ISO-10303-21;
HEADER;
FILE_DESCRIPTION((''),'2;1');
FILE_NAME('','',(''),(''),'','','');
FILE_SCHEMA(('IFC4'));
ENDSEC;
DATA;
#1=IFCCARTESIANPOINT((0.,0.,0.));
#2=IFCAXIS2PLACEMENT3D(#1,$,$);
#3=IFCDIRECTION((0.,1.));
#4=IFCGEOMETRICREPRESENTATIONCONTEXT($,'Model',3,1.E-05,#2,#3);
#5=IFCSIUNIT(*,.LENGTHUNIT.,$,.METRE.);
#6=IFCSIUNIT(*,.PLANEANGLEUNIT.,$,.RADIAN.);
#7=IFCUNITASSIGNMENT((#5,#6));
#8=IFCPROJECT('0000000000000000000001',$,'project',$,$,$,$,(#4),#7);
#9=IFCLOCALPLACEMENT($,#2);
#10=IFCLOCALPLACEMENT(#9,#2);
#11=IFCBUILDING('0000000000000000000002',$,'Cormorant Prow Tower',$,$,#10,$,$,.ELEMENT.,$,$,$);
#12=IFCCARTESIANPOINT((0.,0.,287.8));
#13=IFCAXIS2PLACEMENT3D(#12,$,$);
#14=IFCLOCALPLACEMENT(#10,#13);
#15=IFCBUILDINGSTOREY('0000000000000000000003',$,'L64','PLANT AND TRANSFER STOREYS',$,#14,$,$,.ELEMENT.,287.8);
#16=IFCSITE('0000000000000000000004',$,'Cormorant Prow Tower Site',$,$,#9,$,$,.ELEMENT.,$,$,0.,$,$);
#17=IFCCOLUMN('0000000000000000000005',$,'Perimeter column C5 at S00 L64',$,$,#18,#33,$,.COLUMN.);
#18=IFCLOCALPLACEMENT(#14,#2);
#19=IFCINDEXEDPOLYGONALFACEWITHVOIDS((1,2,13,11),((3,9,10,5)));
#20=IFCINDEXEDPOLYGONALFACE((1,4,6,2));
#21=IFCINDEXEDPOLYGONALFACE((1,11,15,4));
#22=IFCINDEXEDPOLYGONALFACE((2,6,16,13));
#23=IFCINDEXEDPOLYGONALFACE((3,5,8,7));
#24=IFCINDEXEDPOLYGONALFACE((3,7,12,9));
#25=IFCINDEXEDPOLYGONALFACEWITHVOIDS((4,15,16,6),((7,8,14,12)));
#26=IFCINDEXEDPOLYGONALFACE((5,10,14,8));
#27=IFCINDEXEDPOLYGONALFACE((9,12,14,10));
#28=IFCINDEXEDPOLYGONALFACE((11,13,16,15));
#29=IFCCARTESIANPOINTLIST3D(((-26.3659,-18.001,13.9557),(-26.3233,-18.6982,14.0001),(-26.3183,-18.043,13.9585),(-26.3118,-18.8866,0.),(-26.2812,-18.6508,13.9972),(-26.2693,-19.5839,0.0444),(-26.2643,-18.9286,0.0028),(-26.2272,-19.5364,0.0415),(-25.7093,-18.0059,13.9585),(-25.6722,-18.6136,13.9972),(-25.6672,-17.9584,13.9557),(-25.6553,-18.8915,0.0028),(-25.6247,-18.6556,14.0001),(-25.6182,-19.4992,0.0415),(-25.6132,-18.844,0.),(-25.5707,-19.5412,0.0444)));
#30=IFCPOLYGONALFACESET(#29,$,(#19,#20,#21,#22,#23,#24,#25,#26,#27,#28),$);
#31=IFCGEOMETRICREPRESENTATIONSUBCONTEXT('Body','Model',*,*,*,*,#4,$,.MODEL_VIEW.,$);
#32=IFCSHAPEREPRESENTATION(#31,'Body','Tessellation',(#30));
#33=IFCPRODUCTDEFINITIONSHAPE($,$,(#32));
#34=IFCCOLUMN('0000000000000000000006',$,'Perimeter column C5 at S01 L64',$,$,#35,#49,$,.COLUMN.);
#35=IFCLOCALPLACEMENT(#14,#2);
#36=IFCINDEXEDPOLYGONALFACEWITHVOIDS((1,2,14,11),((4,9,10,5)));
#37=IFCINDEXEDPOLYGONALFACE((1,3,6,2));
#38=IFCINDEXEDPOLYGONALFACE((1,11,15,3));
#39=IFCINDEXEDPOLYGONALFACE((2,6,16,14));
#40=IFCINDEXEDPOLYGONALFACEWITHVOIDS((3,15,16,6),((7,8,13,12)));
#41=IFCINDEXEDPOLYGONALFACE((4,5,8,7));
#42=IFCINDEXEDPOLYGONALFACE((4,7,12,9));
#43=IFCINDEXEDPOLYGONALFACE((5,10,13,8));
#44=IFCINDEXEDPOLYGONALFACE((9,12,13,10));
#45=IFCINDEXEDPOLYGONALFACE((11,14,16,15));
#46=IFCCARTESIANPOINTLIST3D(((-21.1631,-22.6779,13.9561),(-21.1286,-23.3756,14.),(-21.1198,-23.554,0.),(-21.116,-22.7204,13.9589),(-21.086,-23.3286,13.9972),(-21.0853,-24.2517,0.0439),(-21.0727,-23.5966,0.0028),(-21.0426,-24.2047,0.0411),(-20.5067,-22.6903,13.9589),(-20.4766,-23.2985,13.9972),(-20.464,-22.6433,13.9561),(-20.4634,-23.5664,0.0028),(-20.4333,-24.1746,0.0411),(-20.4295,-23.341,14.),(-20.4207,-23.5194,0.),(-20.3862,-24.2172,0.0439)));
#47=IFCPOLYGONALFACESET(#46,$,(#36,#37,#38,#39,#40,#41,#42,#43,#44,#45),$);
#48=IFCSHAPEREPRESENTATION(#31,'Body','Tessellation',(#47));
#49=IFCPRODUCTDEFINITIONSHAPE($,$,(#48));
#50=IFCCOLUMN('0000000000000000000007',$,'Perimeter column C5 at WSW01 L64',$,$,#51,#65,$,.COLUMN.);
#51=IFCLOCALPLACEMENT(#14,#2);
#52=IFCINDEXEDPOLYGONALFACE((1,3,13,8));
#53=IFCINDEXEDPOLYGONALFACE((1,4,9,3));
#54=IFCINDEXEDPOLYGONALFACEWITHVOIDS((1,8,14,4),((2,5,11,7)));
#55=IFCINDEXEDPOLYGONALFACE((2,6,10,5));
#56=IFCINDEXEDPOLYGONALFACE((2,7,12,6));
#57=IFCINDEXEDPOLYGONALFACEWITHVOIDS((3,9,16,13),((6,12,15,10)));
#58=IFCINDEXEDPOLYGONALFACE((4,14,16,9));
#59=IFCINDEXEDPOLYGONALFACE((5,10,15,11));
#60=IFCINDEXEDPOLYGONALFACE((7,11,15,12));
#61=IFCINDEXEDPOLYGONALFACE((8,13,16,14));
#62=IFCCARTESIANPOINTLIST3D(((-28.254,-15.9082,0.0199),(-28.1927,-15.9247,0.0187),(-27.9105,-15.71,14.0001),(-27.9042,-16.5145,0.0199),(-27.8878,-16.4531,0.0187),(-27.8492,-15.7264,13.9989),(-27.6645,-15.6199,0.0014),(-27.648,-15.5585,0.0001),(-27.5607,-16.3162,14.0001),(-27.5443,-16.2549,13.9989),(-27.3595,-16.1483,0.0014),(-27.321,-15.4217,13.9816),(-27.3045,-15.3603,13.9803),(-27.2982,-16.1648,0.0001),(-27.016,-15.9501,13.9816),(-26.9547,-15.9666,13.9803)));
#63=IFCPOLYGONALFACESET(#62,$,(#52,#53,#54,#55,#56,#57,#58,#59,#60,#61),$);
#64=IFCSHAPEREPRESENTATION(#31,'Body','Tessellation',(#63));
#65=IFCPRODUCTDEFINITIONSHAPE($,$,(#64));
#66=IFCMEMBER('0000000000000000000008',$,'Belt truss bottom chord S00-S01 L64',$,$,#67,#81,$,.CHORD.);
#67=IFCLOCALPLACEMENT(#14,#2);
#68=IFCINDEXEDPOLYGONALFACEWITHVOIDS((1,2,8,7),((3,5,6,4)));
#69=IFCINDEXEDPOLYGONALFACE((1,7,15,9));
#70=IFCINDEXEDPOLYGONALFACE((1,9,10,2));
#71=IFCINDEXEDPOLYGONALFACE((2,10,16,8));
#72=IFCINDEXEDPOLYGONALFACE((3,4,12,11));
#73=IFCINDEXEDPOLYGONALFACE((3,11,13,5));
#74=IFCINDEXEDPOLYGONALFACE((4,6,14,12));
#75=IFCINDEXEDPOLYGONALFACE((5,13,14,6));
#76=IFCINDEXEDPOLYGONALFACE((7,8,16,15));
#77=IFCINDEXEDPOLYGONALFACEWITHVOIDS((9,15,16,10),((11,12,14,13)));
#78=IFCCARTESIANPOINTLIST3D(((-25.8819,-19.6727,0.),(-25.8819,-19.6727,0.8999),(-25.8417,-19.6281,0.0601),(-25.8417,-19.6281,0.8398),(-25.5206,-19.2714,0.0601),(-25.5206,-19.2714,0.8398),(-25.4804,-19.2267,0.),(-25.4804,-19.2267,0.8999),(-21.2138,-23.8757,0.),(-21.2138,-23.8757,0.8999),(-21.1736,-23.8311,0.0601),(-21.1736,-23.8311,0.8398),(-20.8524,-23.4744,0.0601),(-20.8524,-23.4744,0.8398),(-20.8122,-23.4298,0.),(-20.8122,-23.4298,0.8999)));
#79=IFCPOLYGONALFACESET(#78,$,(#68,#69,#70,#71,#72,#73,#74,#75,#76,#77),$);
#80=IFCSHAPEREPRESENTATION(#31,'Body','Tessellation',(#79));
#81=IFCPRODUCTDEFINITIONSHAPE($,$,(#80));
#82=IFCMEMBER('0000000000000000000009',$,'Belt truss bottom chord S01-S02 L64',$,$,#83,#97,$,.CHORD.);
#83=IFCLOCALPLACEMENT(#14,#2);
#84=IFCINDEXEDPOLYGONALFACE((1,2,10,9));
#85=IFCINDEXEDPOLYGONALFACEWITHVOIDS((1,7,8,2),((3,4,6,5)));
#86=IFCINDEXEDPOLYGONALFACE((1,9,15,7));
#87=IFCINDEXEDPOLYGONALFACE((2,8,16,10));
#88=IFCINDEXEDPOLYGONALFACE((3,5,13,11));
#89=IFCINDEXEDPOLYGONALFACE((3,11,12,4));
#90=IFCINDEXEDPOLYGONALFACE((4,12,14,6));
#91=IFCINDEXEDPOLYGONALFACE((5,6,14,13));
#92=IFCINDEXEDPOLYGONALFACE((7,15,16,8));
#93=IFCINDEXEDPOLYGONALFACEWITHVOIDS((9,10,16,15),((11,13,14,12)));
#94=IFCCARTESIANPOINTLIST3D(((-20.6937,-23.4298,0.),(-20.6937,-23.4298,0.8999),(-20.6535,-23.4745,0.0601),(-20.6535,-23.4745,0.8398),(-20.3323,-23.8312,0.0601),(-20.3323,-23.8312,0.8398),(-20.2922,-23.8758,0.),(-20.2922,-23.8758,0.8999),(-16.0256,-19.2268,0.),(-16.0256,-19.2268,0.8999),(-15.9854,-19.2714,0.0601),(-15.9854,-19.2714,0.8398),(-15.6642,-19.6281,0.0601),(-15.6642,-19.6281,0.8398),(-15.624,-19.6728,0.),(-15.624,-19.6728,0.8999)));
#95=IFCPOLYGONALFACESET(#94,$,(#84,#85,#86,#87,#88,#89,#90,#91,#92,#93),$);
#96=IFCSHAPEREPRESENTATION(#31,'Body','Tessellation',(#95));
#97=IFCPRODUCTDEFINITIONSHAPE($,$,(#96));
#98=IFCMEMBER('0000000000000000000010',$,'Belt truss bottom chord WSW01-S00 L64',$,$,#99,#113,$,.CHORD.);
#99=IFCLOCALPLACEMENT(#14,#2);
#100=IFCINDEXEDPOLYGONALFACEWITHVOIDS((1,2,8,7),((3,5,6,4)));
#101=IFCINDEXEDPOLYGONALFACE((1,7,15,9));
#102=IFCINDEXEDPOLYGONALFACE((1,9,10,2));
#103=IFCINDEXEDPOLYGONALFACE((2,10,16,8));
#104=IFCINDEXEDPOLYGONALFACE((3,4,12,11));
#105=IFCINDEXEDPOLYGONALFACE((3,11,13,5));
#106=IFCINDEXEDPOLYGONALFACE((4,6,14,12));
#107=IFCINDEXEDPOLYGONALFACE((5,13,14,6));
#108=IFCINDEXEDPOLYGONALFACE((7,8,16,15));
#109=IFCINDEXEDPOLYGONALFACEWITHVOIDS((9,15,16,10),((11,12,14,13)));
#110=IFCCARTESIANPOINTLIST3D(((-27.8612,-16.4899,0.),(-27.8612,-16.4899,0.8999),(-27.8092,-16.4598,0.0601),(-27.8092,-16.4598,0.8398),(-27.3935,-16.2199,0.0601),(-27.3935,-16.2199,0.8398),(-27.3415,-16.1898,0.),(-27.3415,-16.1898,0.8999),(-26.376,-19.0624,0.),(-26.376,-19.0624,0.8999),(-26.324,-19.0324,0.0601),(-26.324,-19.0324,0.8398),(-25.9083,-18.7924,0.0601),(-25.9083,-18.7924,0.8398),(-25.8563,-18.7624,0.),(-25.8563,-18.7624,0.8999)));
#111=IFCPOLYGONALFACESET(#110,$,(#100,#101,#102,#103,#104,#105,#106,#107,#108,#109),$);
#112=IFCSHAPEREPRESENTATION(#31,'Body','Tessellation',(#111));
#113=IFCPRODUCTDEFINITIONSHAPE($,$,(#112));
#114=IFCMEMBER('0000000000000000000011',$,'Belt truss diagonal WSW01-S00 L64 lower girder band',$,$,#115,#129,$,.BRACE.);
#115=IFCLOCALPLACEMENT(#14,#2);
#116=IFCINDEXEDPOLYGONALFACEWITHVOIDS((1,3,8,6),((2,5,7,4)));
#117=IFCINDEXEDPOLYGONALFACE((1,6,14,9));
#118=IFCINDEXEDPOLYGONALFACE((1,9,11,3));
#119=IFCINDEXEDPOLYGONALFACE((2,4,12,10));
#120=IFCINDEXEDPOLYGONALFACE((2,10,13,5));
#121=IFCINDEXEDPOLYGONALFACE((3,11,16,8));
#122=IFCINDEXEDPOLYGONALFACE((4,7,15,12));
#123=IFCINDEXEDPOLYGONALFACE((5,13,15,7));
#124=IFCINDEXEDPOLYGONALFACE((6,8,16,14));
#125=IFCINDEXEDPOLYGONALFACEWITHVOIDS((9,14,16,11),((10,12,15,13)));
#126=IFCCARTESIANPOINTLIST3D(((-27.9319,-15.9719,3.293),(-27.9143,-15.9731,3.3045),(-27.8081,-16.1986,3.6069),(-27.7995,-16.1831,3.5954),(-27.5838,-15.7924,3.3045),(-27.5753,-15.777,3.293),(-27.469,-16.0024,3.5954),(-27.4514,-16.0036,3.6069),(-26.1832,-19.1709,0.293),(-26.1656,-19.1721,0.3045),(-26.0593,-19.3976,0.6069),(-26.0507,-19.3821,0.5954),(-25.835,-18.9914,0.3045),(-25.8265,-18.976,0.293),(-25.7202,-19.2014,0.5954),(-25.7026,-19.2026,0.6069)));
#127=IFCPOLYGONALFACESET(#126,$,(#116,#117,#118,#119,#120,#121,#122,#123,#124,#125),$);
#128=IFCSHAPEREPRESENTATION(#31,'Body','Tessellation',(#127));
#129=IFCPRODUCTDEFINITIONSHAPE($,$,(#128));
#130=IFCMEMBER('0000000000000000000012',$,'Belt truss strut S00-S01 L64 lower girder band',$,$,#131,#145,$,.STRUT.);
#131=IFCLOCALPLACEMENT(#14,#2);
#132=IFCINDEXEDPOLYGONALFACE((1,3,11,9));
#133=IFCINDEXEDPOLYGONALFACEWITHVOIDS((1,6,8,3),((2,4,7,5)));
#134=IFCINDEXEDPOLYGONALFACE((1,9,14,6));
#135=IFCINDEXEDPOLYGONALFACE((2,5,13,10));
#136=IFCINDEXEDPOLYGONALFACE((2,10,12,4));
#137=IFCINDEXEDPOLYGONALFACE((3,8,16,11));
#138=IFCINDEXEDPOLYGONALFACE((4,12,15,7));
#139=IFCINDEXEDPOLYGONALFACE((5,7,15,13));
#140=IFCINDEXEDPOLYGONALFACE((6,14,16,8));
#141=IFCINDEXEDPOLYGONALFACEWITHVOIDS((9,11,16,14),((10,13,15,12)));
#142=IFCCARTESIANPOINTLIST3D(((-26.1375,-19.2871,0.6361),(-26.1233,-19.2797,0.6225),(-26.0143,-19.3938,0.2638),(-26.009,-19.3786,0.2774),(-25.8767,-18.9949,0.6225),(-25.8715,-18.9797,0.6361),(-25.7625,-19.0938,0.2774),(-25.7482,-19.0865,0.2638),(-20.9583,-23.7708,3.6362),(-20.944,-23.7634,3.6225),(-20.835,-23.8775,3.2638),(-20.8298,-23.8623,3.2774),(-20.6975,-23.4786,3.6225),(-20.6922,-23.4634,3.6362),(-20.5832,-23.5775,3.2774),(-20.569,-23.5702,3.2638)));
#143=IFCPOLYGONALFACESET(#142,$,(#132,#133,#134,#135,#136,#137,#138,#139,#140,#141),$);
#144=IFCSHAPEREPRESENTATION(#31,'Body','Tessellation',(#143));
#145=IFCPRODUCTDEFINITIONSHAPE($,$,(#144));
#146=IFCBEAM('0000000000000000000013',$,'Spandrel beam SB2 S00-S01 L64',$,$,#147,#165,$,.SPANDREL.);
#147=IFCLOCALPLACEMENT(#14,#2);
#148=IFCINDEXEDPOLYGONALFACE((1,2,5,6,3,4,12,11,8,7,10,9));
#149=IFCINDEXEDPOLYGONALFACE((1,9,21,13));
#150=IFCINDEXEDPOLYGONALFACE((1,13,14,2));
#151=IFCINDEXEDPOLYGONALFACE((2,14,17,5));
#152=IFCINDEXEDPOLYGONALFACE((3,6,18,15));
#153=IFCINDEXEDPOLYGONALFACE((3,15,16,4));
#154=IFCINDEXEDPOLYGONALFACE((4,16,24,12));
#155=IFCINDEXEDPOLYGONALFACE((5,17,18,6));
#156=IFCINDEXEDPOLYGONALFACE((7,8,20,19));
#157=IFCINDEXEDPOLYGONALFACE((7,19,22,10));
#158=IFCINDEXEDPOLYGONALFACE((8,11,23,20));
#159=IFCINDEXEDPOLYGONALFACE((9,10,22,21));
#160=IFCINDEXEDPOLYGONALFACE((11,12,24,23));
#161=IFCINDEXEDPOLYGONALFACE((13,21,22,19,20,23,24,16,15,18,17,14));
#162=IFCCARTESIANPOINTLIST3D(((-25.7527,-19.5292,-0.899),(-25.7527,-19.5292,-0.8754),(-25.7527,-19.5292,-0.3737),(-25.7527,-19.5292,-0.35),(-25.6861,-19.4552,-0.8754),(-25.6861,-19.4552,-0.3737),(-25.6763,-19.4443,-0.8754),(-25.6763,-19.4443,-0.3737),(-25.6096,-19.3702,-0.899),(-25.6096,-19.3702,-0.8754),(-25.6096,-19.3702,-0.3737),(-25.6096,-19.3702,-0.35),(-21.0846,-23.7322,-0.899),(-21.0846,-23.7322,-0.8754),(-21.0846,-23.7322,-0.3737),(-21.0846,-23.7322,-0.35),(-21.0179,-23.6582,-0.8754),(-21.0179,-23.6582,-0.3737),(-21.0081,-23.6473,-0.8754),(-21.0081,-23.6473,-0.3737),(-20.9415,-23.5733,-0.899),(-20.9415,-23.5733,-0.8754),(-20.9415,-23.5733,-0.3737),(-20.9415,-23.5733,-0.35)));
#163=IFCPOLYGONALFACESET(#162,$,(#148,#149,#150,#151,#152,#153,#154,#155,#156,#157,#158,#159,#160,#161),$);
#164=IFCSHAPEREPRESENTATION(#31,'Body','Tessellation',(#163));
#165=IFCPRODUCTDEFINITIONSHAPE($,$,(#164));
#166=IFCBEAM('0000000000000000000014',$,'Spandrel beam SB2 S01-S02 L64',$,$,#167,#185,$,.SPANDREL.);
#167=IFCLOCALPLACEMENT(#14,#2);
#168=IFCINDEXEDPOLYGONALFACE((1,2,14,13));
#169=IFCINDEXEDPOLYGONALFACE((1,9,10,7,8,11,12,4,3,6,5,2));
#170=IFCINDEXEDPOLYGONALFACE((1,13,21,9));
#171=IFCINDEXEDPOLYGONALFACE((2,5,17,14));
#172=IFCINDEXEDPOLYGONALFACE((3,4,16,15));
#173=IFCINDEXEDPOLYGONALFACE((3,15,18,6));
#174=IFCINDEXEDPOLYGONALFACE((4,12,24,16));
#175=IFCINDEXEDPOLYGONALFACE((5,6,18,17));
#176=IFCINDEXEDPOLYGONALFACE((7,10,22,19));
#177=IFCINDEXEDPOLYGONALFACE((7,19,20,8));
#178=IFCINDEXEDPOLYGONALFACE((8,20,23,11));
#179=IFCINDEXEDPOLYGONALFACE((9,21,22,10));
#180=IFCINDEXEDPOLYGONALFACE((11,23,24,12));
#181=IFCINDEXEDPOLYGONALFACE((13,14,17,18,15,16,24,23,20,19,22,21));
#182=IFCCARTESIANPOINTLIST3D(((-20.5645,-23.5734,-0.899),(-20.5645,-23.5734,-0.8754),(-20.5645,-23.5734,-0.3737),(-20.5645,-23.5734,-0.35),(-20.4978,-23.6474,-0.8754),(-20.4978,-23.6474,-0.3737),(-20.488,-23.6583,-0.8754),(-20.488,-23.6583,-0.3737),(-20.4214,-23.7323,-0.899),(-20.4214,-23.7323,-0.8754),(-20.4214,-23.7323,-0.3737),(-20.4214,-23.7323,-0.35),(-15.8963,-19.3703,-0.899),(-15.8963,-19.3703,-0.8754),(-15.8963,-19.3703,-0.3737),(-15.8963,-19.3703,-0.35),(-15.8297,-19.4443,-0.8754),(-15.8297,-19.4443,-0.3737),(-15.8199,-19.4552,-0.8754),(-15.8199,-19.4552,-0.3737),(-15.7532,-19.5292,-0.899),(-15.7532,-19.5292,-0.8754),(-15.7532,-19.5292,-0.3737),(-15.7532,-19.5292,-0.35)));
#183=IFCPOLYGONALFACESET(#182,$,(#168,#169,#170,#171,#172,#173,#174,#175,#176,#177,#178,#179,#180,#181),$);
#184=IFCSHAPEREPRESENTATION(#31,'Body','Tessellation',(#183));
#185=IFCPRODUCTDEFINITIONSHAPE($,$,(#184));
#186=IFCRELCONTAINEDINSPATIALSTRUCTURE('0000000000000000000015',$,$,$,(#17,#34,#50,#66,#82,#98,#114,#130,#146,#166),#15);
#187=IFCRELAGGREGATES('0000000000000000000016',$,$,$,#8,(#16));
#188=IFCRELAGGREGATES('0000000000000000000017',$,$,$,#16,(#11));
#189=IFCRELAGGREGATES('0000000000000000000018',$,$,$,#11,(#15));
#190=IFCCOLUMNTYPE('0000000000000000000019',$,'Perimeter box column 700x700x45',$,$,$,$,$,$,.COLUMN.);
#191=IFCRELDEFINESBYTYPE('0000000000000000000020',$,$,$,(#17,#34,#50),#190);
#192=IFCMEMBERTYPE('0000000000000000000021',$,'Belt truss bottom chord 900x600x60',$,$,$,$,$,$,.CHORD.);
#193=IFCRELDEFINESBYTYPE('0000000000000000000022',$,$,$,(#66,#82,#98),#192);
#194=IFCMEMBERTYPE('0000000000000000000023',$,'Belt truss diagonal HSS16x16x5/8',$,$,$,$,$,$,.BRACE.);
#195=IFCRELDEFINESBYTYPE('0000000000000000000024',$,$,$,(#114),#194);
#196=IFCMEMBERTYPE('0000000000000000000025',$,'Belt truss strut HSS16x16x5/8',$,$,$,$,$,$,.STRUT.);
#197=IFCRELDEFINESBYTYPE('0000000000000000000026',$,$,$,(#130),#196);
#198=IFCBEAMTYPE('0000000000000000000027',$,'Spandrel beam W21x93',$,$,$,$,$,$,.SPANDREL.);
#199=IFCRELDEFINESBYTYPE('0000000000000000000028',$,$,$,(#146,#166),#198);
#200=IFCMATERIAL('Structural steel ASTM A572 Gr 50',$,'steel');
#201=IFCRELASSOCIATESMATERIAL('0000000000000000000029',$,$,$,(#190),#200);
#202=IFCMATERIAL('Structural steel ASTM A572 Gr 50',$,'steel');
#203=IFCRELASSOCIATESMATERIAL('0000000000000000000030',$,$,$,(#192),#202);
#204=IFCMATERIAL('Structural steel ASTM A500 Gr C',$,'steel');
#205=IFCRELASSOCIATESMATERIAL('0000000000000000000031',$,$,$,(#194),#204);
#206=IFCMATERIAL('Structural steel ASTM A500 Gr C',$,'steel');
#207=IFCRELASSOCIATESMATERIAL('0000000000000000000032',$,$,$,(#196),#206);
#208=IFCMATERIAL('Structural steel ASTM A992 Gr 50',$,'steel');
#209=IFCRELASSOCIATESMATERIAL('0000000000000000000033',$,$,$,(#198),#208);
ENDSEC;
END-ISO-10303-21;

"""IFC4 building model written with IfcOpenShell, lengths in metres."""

from ifc_helpers import new_model, si_unit, direction, frame, origin, origin_2d, place, context, subcontext, project, spatial, hollow_rectangle, i_section, extrude, material, material_profile, profile_set, type_object, element, save


model = new_model("IFC4")

# Units and contexts
model_context = context("Model", 3, precision=1e-05, world=origin(), true_north=direction((0.0, 1.0)))
body_context = subcontext(model_context, "Body", "Model", "MODEL_VIEW")
ifc_project = project(units=[si_unit("LENGTHUNIT", "METRE"), si_unit("PLANEANGLEUNIT", "RADIAN")], contexts=[model_context])

# Site, building, storey
site_placement = place(None, origin())
site = spatial("IfcSite", under=ifc_project, at=site_placement, Name="Cormorant Prow Tower Site", CompositionType="ELEMENT", RefElevation=0.0)
building_placement = place(site_placement, origin())
building = spatial("IfcBuilding", under=site, at=building_placement, Name="Cormorant Prow Tower", CompositionType="ELEMENT")
storey_placement = place(building_placement, frame((0.0, 0.0, 287.8)))
storey = spatial("IfcBuildingStorey", under=building, at=storey_placement, Name="L64", Description="PLANT AND TRANSFER STOREYS", CompositionType="ELEMENT", Elevation=287.8)

# Columns
ifc_material_1 = material(Name="Structural steel ASTM A572 Gr 50", Category="steel")
ifc_material_profile_1 = material_profile(ifc_material_1, hollow_rectangle(XDim=0.7, YDim=0.7, WallThickness=0.0449, at=origin_2d()), Name="Box 700x700x45")
ifc_profile_set_1 = profile_set([ifc_material_profile_1], Name="Structural steel ASTM A572 Gr 50")
column_type = type_object("IfcColumnType", Name="Perimeter box column 700x700x45", PredefinedType="COLUMN", material=ifc_profile_set_1)
column_1_placement = place(storey_placement, frame((-25.9412, -19.2153, 0.0), z_axis=(-0.003864, 0.063331, 0.997985), x_axis=(-0.998144, -0.060893, 0.0)))
element("IfcColumn", 1, at=column_1_placement, inside=storey, type_object=column_type, Name="Perimeter column C5 at S00 L64", PredefinedType="COLUMN", context=body_context, shape_type="SweptSolid", body=[
    extrude(hollow_rectangle(XDim=0.7, YDim=0.7, WallThickness=0.0449, at=origin_2d()), frame((0.0, 0.0, 0.0222)), (0.0, 0.0, 1.0), 13.9839),
])
column_2_placement = place(storey_placement, frame((-20.7529, -23.887, 0.0), z_axis=(-0.003098, 0.062655, 0.99803), x_axis=(-0.99878, -0.049384, 0.0)))
element("IfcColumn", 2, at=column_2_placement, inside=storey, type_object=column_type, Name="Perimeter column C5 at S01 L64", PredefinedType="COLUMN", context=body_context, shape_type="SweptSolid", body=[
    extrude(hollow_rectangle(XDim=0.7, YDim=0.7, WallThickness=0.0449, at=origin_2d()), frame((0.0, 0.0, 0.022)), (0.0, 0.0, 1.0), 13.9836),
])
column_3_placement = place(storey_placement, frame((-27.7764, -16.0366, 0.0), z_axis=(0.024561, 0.014172, 0.999598), x_axis=(-0.499776, 0.866155, 0.0)))
element("IfcColumn", 3, at=column_3_placement, inside=storey, type_object=column_type, Name="Perimeter column C5 at WSW01 L64", PredefinedType="COLUMN", context=body_context, shape_type="SweptSolid", body=[
    extrude(hollow_rectangle(XDim=0.7, YDim=0.7, WallThickness=0.0449, at=origin_2d()), frame((0.0, 0.0, 0.01)), (0.0, 0.0, 1.0), 13.9858),
])

# Members
ifc_material_2 = material(Name="Structural steel ASTM A572 Gr 50", Category="steel")
ifc_material_profile_2 = material_profile(ifc_material_2, hollow_rectangle(XDim=0.6001, YDim=0.8999, WallThickness=0.0601, at=origin_2d()), Name="Box 900x600x60")
ifc_profile_set_2 = profile_set([ifc_material_profile_2], Name="Structural steel ASTM A572 Gr 50")
member_type_1 = type_object("IfcMemberType", Name="Belt truss bottom chord 900x600x60", PredefinedType="CHORD", material=ifc_profile_set_2)
for number, where, z_axis, x_axis, name in (
    (4, (-25.6812, -19.4497, 0.45), (0.743157, -0.669117, 0.0), (0.669117, 0.743157, 0.0), "Belt truss bottom chord S00-S01 L64"),
    (5, (-20.4929, -23.6528, 0.45), (0.743157, 0.669117, 0.0), (-0.669117, 0.743157, 0.0), "Belt truss bottom chord S01-S02 L64"),
):
    element("IfcMember", number, at=place(storey_placement, frame(where, z_axis=z_axis, x_axis=x_axis)), inside=storey, type_object=member_type_1, Name=name, PredefinedType="CHORD", context=body_context, shape_type="SweptSolid", body=[
        extrude(hollow_rectangle(XDim=0.6001, YDim=0.8999, WallThickness=0.0601, at=origin_2d()), origin(), (0.0, 0.0, 1.0), 6.2815),
    ])
member_1_placement = place(storey_placement, frame((-27.6013, -16.3398, 0.45), z_axis=(0.499967, -0.866045, 0.0), x_axis=(0.866045, 0.499967, 0.0)))
element("IfcMember", 6, at=member_1_placement, inside=storey, type_object=member_type_1, Name="Belt truss bottom chord WSW01-S00 L64", PredefinedType="CHORD", context=body_context, shape_type="SweptSolid", body=[
    extrude(hollow_rectangle(XDim=0.6001, YDim=0.8999, WallThickness=0.0601, at=origin_2d()), origin(), (0.0, 0.0, 1.0), 2.9705),
])
ifc_material_3 = material(Name="Structural steel ASTM A500 Gr C", Category="steel")
ifc_material_profile_3 = material_profile(ifc_material_3, hollow_rectangle(XDim=0.4065, YDim=0.4065, WallThickness=0.0149, at=origin_2d()), Name="HSS16x16x5/8")
ifc_profile_set_3 = profile_set([ifc_material_profile_3], Name="Structural steel ASTM A500 Gr C")
member_type_2 = type_object("IfcMemberType", Name="Belt truss diagonal HSS16x16x5/8", PredefinedType="BRACE", material=ifc_profile_set_3)
member_2_placement = place(storey_placement, frame((-25.9429, -19.1868, 0.45), z_axis=(-0.370394, 0.677547, 0.635404), x_axis=(-0.877447, -0.479673, 0.0)))
element("IfcMember", 7, at=member_2_placement, inside=storey, type_object=member_type_2, Name="Belt truss diagonal WSW01-S00 L64 lower girder band", PredefinedType="BRACE", context=body_context, shape_type="SweptSolid", body=[
    extrude(hollow_rectangle(XDim=0.4065, YDim=0.4065, WallThickness=0.0149, at=origin_2d()), origin(), (0.0, 0.0, 1.0), 4.7214),
])
ifc_material_4 = material(Name="Structural steel ASTM A500 Gr C", Category="steel")
ifc_material_profile_4 = material_profile(ifc_material_4, hollow_rectangle(XDim=0.4065, YDim=0.4065, WallThickness=0.0149, at=origin_2d()), Name="HSS16x16x5/8")
ifc_profile_set_4 = profile_set([ifc_material_profile_4], Name="Structural steel ASTM A500 Gr C")
member_type_3 = type_object("IfcMemberType", Name="Belt truss strut HSS16x16x5/8", PredefinedType="STRUT", material=ifc_profile_set_4)
member_3_placement = place(storey_placement, frame((-25.9429, -19.1868, 0.45), z_axis=(0.69255, -0.599542, 0.401153), x_axis=(0.654514, 0.75605, 0.0)))
element("IfcMember", 8, at=member_3_placement, inside=storey, type_object=member_type_3, Name="Belt truss strut S00-S01 L64 lower girder band", PredefinedType="STRUT", context=body_context, shape_type="SweptSolid", body=[
    extrude(hollow_rectangle(XDim=0.4065, YDim=0.4065, WallThickness=0.0149, at=origin_2d()), origin(), (0.0, 0.0, 1.0), 7.4785),
])

# Beams
ifc_material_5 = material(Name="Structural steel ASTM A992 Gr 50", Category="steel")
ifc_material_profile_5 = material_profile(ifc_material_5, i_section(OverallWidth=0.2139, OverallDepth=0.5491, WebThickness=0.0146, FlangeThickness=0.0237, at=origin_2d()), Name="W21x93")
ifc_profile_set_5 = profile_set([ifc_material_profile_5], Name="Structural steel ASTM A992 Gr 50")
beam_type = type_object("IfcBeamType", Name="Spandrel beam W21x93", PredefinedType="SPANDREL", material=ifc_profile_set_5)
for number, where, z_axis, x_axis, name in (
    (9, (-25.6812, -19.4497, -0.6245), (0.743157, -0.669117, 0.0), (0.669117, 0.743157, 0.0), "Spandrel beam SB2 S00-S01 L64"),
    (10, (-20.4929, -23.6528, -0.6245), (0.743157, 0.669117, 0.0), (-0.669117, 0.743157, 0.0), "Spandrel beam SB2 S01-S02 L64"),
):
    element("IfcBeam", number, at=place(storey_placement, frame(where, z_axis=z_axis, x_axis=x_axis)), inside=storey, type_object=beam_type, Name=name, PredefinedType="SPANDREL", context=body_context, shape_type="SweptSolid", body=[
        extrude(i_section(OverallWidth=0.2139, OverallDepth=0.5491, WebThickness=0.0146, FlangeThickness=0.0237, at=origin_2d()), origin(), (0.0, 0.0, 1.0), 6.2815),
    ])

save(model, "model.ifc")
